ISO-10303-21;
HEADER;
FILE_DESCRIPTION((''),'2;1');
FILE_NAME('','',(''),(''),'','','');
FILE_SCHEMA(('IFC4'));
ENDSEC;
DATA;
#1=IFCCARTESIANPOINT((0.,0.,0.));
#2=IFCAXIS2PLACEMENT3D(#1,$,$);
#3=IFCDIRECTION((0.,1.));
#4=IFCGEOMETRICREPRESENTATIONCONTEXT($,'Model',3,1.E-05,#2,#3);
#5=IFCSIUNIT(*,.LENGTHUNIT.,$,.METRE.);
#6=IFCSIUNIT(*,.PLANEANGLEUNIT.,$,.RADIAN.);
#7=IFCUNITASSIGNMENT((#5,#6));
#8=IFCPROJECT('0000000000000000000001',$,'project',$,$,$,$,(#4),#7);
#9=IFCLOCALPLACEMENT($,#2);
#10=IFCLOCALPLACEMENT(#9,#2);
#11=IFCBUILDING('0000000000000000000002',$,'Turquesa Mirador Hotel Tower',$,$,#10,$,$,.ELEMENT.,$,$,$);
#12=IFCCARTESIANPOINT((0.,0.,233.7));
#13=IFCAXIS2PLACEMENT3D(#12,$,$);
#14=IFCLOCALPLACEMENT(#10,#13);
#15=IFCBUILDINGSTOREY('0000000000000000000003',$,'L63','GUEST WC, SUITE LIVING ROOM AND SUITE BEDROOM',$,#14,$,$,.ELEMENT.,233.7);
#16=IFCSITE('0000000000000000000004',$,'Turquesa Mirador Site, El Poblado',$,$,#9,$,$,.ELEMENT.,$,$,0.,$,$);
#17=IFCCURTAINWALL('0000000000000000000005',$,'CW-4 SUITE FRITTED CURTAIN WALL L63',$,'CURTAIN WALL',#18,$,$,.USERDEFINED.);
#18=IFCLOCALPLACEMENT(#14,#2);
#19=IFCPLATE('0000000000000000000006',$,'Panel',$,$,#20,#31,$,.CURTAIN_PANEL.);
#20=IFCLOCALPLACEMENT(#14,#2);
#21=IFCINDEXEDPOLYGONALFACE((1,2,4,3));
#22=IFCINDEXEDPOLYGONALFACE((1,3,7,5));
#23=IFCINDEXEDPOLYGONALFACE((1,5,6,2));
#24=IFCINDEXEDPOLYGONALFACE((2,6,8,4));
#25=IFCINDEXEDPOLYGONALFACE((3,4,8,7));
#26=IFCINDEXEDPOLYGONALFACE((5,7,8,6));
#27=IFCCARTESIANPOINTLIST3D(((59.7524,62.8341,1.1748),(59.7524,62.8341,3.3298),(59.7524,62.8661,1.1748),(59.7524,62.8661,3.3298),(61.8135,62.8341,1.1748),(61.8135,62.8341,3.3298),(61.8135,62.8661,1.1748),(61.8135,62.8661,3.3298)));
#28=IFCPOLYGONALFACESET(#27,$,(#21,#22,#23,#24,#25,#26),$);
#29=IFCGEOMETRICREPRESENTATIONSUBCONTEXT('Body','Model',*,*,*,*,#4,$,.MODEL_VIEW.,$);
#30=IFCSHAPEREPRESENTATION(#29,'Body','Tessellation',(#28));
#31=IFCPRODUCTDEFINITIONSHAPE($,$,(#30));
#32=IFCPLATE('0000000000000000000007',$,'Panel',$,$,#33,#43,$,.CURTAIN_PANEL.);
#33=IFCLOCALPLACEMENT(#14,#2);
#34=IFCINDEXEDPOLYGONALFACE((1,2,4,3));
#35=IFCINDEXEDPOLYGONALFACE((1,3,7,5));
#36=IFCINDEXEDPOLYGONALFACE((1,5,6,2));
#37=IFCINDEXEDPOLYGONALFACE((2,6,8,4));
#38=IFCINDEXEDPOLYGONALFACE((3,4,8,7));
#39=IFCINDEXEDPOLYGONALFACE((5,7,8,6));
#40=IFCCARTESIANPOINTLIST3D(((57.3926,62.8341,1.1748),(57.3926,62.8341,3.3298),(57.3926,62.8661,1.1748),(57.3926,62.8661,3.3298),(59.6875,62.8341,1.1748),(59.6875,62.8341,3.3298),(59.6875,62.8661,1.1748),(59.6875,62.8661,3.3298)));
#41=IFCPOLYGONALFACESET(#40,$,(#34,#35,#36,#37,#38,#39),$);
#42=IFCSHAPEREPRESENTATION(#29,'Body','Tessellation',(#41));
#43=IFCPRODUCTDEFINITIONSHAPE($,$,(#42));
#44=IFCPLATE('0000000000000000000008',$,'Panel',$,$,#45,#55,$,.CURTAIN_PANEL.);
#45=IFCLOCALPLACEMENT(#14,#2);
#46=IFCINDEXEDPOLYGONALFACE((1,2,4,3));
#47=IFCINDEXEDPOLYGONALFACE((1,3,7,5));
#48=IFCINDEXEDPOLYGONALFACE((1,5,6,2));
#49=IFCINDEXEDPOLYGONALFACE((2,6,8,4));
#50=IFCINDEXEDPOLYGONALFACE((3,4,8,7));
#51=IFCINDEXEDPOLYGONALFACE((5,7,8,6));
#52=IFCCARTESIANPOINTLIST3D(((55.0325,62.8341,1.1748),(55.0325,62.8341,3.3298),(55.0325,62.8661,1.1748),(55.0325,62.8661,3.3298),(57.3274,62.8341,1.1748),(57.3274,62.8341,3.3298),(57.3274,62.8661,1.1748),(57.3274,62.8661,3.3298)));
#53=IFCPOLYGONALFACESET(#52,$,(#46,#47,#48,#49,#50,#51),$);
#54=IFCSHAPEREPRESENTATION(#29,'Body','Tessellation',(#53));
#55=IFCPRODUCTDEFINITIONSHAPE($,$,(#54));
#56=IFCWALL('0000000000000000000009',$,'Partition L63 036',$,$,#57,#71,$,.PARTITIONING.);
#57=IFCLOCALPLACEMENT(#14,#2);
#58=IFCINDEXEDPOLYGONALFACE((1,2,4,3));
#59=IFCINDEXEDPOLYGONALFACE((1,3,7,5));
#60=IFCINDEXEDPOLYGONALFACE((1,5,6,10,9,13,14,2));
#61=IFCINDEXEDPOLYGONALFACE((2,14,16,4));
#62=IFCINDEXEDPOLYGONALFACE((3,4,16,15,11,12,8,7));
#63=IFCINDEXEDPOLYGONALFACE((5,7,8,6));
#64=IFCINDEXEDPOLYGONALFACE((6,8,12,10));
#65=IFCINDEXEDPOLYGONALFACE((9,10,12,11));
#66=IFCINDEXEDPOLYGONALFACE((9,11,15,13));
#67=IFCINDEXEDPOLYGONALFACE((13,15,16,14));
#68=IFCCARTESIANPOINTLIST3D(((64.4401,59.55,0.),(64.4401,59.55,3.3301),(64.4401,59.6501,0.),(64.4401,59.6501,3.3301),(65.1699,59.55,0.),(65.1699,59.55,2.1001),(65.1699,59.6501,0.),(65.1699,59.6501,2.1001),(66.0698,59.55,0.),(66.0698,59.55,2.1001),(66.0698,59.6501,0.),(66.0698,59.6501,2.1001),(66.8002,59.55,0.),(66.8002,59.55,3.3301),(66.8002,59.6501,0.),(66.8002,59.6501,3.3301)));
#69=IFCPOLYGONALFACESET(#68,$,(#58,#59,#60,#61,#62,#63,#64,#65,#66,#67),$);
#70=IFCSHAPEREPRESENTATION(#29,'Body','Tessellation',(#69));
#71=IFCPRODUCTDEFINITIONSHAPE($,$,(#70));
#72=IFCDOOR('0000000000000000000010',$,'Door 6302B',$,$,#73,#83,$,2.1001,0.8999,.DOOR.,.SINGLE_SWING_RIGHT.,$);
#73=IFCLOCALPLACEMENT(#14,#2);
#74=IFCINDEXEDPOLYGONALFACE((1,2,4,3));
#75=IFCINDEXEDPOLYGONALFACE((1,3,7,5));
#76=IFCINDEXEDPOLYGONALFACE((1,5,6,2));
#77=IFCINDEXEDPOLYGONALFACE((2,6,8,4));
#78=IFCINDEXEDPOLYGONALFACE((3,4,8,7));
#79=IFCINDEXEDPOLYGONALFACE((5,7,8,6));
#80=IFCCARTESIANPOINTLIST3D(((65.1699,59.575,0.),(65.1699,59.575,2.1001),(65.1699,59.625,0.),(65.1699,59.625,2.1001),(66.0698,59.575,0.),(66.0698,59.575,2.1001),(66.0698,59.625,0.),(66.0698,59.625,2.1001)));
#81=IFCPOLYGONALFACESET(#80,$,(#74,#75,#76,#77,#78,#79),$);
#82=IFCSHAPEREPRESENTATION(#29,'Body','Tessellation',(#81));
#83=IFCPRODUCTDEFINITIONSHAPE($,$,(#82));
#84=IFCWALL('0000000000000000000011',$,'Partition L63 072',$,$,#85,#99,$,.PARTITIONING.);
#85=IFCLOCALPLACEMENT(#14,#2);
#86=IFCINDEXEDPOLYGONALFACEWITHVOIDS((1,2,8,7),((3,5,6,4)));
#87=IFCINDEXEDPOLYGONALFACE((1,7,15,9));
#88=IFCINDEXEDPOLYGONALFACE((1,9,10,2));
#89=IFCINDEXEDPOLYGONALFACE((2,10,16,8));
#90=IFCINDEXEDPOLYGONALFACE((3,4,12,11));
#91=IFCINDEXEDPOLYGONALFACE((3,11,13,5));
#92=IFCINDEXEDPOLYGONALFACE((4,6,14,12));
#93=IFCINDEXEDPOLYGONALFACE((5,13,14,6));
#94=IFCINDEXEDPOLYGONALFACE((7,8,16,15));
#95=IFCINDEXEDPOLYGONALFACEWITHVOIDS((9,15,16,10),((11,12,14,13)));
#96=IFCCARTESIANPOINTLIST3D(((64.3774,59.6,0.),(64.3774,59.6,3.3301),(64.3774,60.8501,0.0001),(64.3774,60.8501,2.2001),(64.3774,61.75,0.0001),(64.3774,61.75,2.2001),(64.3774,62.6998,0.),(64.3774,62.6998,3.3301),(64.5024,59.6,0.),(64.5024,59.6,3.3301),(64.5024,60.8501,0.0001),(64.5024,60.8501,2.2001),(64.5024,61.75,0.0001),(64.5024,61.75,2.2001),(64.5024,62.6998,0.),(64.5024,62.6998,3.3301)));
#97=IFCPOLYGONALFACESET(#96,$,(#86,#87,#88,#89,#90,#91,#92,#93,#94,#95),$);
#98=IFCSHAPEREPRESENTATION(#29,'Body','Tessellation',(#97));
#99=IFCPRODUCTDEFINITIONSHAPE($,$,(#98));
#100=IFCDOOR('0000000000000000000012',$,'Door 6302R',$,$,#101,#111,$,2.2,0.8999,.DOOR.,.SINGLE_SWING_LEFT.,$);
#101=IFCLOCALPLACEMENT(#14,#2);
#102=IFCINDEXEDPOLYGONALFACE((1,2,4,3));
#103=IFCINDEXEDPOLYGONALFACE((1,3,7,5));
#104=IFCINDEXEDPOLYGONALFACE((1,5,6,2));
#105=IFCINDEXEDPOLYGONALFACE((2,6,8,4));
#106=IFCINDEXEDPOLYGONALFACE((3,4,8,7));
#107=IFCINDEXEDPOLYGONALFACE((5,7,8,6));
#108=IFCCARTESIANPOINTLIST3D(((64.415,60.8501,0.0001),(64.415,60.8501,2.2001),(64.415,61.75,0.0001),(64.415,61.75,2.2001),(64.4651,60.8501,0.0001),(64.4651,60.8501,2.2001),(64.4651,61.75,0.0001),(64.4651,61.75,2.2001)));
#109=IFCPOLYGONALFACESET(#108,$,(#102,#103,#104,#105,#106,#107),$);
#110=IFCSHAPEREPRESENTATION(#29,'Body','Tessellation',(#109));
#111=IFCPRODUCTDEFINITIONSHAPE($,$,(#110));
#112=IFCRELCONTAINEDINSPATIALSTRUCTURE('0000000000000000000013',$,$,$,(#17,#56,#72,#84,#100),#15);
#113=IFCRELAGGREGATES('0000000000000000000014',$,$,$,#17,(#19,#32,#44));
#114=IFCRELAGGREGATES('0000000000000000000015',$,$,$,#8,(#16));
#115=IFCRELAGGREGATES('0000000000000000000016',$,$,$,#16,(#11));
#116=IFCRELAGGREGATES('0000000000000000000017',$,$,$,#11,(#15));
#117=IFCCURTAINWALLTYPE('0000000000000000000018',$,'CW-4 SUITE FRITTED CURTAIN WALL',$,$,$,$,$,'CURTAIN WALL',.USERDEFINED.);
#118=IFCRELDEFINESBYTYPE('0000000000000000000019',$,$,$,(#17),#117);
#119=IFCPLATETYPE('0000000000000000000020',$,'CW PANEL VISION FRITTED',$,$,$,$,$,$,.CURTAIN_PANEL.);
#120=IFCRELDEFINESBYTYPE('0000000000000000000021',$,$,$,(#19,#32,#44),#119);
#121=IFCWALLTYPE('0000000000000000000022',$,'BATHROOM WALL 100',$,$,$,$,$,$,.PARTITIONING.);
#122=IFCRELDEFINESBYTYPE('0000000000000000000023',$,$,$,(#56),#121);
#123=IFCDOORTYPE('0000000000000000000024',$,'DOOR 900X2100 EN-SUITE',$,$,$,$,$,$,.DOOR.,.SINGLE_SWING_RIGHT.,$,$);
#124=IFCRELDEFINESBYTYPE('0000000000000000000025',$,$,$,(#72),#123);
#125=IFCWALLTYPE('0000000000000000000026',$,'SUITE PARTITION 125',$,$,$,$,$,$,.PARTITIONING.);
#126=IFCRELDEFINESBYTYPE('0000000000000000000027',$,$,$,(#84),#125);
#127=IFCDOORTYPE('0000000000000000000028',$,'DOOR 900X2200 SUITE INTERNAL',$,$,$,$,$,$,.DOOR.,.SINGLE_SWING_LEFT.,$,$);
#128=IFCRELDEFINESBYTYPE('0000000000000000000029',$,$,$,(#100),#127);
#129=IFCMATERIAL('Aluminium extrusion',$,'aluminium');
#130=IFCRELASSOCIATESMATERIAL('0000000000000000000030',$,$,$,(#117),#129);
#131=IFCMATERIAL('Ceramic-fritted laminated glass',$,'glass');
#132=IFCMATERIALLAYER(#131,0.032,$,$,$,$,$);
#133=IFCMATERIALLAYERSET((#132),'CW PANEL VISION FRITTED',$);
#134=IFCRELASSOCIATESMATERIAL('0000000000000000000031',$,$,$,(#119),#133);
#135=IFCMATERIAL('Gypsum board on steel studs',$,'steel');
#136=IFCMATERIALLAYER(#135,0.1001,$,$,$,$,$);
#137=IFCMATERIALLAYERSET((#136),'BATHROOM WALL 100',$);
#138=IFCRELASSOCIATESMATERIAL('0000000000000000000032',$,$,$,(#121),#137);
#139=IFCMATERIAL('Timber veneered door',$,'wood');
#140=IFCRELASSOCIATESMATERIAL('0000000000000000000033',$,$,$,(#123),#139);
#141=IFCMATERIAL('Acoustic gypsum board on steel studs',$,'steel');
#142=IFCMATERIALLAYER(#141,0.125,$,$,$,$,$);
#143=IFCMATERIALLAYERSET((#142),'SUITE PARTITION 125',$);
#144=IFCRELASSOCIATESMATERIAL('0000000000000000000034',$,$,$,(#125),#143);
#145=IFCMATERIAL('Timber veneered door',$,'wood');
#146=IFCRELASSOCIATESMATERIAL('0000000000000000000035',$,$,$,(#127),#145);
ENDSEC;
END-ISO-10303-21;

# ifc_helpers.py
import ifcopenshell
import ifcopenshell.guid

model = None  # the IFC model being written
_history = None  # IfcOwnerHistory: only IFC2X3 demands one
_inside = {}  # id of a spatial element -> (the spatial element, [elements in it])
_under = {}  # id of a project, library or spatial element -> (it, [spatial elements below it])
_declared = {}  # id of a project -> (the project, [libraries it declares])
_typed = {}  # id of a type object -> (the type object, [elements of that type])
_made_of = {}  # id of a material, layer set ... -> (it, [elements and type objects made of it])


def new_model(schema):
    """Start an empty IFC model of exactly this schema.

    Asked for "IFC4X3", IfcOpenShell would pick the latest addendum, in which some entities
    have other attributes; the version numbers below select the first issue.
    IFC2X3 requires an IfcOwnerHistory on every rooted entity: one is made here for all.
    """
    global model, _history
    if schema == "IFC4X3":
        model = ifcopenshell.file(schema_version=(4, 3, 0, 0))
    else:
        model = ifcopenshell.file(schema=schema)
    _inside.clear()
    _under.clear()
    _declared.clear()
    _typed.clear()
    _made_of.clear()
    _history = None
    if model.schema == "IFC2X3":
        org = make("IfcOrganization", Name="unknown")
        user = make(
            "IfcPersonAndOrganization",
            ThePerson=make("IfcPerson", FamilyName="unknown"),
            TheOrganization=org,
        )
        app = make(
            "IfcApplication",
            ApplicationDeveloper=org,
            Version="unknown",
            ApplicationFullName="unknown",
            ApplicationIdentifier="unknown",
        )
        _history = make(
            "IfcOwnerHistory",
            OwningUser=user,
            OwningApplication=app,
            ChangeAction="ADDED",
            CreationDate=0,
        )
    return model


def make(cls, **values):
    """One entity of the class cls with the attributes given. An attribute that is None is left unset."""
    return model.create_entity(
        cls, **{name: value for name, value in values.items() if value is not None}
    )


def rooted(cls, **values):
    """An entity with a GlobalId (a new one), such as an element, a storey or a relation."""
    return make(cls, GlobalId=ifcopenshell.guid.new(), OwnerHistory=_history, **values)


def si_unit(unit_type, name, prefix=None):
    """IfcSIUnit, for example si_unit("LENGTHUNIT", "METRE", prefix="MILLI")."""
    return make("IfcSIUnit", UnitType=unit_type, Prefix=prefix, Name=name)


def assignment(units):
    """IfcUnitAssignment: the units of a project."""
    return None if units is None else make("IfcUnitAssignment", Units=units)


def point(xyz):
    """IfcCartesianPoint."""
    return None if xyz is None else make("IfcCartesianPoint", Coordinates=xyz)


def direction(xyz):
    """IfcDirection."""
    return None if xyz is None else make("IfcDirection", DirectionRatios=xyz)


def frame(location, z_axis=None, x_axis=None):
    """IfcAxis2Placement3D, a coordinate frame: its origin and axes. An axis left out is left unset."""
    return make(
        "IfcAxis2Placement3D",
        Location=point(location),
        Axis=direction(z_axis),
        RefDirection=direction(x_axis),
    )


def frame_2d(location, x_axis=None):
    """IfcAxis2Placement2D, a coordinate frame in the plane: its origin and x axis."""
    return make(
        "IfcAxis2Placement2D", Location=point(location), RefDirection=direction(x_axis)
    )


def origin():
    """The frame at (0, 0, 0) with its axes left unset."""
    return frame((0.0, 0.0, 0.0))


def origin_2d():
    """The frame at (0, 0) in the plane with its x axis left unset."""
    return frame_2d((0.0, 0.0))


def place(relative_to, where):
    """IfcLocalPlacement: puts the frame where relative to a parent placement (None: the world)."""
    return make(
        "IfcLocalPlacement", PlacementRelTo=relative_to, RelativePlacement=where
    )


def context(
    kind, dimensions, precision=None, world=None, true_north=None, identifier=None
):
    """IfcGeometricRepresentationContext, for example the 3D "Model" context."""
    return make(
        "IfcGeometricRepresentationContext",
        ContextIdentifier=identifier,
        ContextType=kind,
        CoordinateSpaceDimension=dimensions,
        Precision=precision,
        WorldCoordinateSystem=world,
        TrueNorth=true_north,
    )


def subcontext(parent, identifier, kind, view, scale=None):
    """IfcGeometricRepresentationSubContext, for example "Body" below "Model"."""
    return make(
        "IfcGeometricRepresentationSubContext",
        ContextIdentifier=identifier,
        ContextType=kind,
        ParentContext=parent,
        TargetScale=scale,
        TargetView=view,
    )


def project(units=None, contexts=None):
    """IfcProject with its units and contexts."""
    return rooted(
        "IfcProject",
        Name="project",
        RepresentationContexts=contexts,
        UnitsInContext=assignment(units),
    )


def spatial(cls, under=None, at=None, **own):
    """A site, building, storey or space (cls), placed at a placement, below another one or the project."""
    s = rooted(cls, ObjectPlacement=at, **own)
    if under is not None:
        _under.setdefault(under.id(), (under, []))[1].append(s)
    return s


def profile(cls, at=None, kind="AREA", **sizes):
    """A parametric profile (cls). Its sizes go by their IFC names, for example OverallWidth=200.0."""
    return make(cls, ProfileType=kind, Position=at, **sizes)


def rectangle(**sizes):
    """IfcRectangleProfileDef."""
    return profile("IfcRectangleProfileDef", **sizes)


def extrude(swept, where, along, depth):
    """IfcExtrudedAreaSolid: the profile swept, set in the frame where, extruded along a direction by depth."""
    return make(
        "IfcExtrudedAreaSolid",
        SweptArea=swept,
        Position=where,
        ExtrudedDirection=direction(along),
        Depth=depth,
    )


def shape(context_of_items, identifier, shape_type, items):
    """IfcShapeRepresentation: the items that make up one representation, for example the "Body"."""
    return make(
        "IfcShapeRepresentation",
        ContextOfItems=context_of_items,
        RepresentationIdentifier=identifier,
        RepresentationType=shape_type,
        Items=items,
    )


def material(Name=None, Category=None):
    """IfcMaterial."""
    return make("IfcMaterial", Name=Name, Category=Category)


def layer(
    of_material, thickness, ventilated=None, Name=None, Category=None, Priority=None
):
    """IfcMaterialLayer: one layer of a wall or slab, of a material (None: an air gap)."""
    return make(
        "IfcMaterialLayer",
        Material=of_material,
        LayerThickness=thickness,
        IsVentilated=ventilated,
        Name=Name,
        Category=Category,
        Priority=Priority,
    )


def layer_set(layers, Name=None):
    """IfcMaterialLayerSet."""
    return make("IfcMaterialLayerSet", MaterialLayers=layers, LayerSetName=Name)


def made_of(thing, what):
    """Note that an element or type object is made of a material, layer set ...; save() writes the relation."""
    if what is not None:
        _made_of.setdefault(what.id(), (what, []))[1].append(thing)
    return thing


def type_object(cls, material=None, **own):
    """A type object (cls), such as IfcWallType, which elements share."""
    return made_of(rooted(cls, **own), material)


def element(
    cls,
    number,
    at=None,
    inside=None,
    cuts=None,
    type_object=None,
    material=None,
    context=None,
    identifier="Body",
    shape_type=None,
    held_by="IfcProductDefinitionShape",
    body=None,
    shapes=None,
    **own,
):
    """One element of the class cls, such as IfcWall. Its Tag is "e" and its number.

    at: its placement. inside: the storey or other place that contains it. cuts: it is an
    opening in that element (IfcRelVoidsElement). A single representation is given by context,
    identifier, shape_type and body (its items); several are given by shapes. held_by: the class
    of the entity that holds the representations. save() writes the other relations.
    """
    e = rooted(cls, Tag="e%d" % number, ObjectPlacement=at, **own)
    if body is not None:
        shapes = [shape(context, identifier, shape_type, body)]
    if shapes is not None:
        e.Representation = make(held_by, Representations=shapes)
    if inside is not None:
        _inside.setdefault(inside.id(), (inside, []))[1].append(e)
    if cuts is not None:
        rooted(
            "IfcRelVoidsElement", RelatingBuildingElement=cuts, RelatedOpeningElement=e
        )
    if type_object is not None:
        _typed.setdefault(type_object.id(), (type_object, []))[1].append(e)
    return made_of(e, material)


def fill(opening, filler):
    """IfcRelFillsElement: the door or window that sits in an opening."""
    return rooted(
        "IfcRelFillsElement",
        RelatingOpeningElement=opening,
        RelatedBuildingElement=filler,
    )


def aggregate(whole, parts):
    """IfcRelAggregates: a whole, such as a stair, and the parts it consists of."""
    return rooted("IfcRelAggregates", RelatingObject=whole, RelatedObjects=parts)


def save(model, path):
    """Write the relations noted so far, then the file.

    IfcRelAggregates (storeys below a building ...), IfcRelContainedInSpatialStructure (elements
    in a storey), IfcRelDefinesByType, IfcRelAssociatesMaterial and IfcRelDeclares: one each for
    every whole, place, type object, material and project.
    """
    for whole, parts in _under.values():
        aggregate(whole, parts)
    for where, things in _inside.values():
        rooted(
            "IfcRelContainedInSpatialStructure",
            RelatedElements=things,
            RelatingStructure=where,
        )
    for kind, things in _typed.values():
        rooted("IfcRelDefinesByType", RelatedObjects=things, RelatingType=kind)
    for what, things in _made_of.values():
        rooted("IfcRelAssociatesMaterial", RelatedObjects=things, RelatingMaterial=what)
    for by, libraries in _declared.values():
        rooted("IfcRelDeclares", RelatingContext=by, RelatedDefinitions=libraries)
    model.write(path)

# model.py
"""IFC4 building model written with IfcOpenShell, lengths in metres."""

from ifc_helpers import new_model, si_unit, direction, frame, frame_2d, origin, origin_2d, place, context, subcontext, project, spatial, rectangle, extrude, material, layer, layer_set, type_object, element, fill, aggregate, save


model = new_model("IFC4")

# Units and contexts
model_context = context("Model", 3, precision=1e-05, world=origin(), true_north=direction((0.0, 1.0)))
body_context = subcontext(model_context, "Body", "Model", "MODEL_VIEW")
ifc_project = project(units=[si_unit("LENGTHUNIT", "METRE"), si_unit("PLANEANGLEUNIT", "RADIAN")], contexts=[model_context])

# Site, building, storey
site_placement = place(None, origin())
site = spatial("IfcSite", under=ifc_project, at=site_placement, Name="Turquesa Mirador Site, El Poblado", CompositionType="ELEMENT", RefElevation=0.0)
building_placement = place(site_placement, origin())
building = spatial("IfcBuilding", under=site, at=building_placement, Name="Turquesa Mirador Hotel Tower", CompositionType="ELEMENT")
storey_placement = place(building_placement, frame((0.0, 0.0, 233.7)))
storey = spatial("IfcBuildingStorey", under=building, at=storey_placement, Name="L63", Description="GUEST WC, SUITE LIVING ROOM AND SUITE BEDROOM", CompositionType="ELEMENT", Elevation=233.7)

# Shared definitions
ifc_material_1 = material(Name="Aluminium extrusion", Category="aluminium")
curtain_wall_type = type_object("IfcCurtainWallType", Name="CW-4 SUITE FRITTED CURTAIN WALL", ElementType="CURTAIN WALL", PredefinedType="USERDEFINED", material=ifc_material_1)

# Curtain wall
curtain_wall_1_placement = place(storey_placement, origin())
curtain_wall_1 = element("IfcCurtainWall", 1, at=curtain_wall_1_placement, inside=storey, type_object=curtain_wall_type, Name="CW-4 SUITE FRITTED CURTAIN WALL L63", ObjectType="CURTAIN WALL", PredefinedType="USERDEFINED")

# Plates
ifc_material_2 = material(Name="Ceramic-fritted laminated glass", Category="glass")
ifc_layer_1 = layer(ifc_material_2, 0.032)
ifc_layer_set_1 = layer_set([ifc_layer_1], Name="CW PANEL VISION FRITTED")
plate_type_1 = type_object("IfcPlateType", Name="CW PANEL VISION FRITTED", PredefinedType="CURTAIN_PANEL", material=ifc_layer_set_1)
plate_1_placement = place(storey_placement, frame((60.783, 62.8501, 1.1748), z_axis=(0.0, 0.0, 1.0), x_axis=(-1.0, 0.0, 0.0)))
plate_1 = element("IfcPlate", 2, at=plate_1_placement, type_object=plate_type_1, Name="Panel", PredefinedType="CURTAIN_PANEL", context=body_context, shape_type="SweptSolid", body=[
    extrude(rectangle(XDim=2.061, YDim=0.032, at=origin_2d()), origin(), (0.0, 0.0, 1.0), 2.155),
])
plate_2_placement = place(storey_placement, frame((58.54, 62.8501, 1.1748), z_axis=(0.0, 0.0, 1.0), x_axis=(-1.0, 0.0, 0.0)))
plate_2 = element("IfcPlate", 3, at=plate_2_placement, type_object=plate_type_1, Name="Panel", PredefinedType="CURTAIN_PANEL", context=body_context, shape_type="SweptSolid", body=[
    extrude(rectangle(XDim=2.2949, YDim=0.032, at=origin_2d()), origin(), (0.0, 0.0, 1.0), 2.155),
])
plate_3_placement = place(storey_placement, frame((56.1799, 62.8501, 1.1748), z_axis=(0.0, 0.0, 1.0), x_axis=(-1.0, 0.0, 0.0)))
plate_3 = element("IfcPlate", 4, at=plate_3_placement, type_object=plate_type_1, Name="Panel", PredefinedType="CURTAIN_PANEL", context=body_context, shape_type="SweptSolid", body=[
    extrude(rectangle(XDim=2.2949, YDim=0.032, at=origin_2d()), origin(), (0.0, 0.0, 1.0), 2.155),
])
aggregate(curtain_wall_1, [plate_1, plate_2, plate_3])

# Walls, openings, doors
ifc_material_3 = material(Name="Gypsum board on steel studs", Category="steel")
ifc_layer_2 = layer(ifc_material_3, 0.1001)
ifc_layer_set_2 = layer_set([ifc_layer_2], Name="BATHROOM WALL 100")
wall_type_1 = type_object("IfcWallType", Name="BATHROOM WALL 100", PredefinedType="PARTITIONING", material=ifc_layer_set_2)
wall_1_placement = place(storey_placement, frame((64.4399, 59.6001, 0.0), z_axis=(0.0, 0.0, 1.0), x_axis=(1.0, 0.0, 0.0)))
wall_1 = element("IfcWall", 5, at=wall_1_placement, inside=storey, type_object=wall_type_1, Name="Partition L63 036", PredefinedType="PARTITIONING", context=body_context, shape_type="SweptSolid", body=[
    extrude(rectangle(XDim=2.3601, YDim=0.1001, at=frame_2d((1.1802, 0.0))), origin(), (0.0, 0.0, 1.0), 3.3301),
])
opening_1_placement = place(wall_1_placement, frame((0.73, 0.0, 0.0)))
opening_1 = element("IfcOpeningElement", 6, at=opening_1_placement, cuts=wall_1, PredefinedType="OPENING", context=body_context, shape_type="SweptSolid", body=[
    extrude(rectangle(XDim=0.8999, YDim=2.1001, at=frame_2d((0.45, 1.05))), frame((0.0, 0.0601, 0.0), z_axis=(0.0, -1.0, 0.0), x_axis=(1.0, 0.0, 0.0)), (0.0, 0.0, 1.0), 0.1201),
])
ifc_material_4 = material(Name="Timber veneered door", Category="wood")
door_type_1 = type_object("IfcDoorType", Name="DOOR 900X2100 EN-SUITE", OperationType="SINGLE_SWING_RIGHT", PredefinedType="DOOR", material=ifc_material_4)
door_1_placement = place(opening_1_placement, origin())
door_1 = element("IfcDoor", 7, at=door_1_placement, inside=storey, type_object=door_type_1, Name="Door 6302B", OperationType="SINGLE_SWING_RIGHT", OverallHeight=2.1001, OverallWidth=0.8999, PredefinedType="DOOR", context=body_context, shape_type="SweptSolid", body=[
    extrude(rectangle(XDim=0.8999, YDim=2.1001, at=frame_2d((0.45, 1.05))), frame((0.0, 0.0249, 0.0), z_axis=(0.0, -1.0, 0.0), x_axis=(1.0, 0.0, 0.0)), (0.0, 0.0, 1.0), 0.05),
])
fill(opening_1, door_1)
ifc_material_5 = material(Name="Acoustic gypsum board on steel studs", Category="steel")
ifc_layer_3 = layer(ifc_material_5, 0.125)
ifc_layer_set_3 = layer_set([ifc_layer_3], Name="SUITE PARTITION 125")
wall_type_2 = type_object("IfcWallType", Name="SUITE PARTITION 125", PredefinedType="PARTITIONING", material=ifc_layer_set_3)
wall_2_placement = place(storey_placement, frame((64.4399, 59.6001, 0.0), z_axis=(0.0, 0.0, 1.0), x_axis=(0.0, 1.0, 0.0)))
wall_2 = element("IfcWall", 8, at=wall_2_placement, inside=storey, type_object=wall_type_2, Name="Partition L63 072", PredefinedType="PARTITIONING", context=body_context, shape_type="SweptSolid", body=[
    extrude(rectangle(XDim=3.0999, YDim=0.125, at=frame_2d((1.5498, 0.0))), origin(), (0.0, 0.0, 1.0), 3.3301),
])
opening_2_placement = place(wall_2_placement, frame((1.25, 0.0, 0.0)))
opening_2 = element("IfcOpeningElement", 9, at=opening_2_placement, cuts=wall_2, PredefinedType="OPENING", context=body_context, shape_type="SweptSolid", body=[
    extrude(rectangle(XDim=0.8999, YDim=2.2, at=frame_2d((0.45, 1.1001))), frame((0.0, 0.0725, 0.0), z_axis=(0.0, -1.0, 0.0), x_axis=(1.0, 0.0, 0.0)), (0.0, 0.0, 1.0), 0.145),
])
ifc_material_6 = material(Name="Timber veneered door", Category="wood")
door_type_2 = type_object("IfcDoorType", Name="DOOR 900X2200 SUITE INTERNAL", OperationType="SINGLE_SWING_LEFT", PredefinedType="DOOR", material=ifc_material_6)
door_2_placement = place(opening_2_placement, origin())
door_2 = element("IfcDoor", 10, at=door_2_placement, inside=storey, type_object=door_type_2, Name="Door 6302R", OperationType="SINGLE_SWING_LEFT", OverallHeight=2.2, OverallWidth=0.8999, PredefinedType="DOOR", context=body_context, shape_type="SweptSolid", body=[
    extrude(rectangle(XDim=0.8999, YDim=2.2, at=frame_2d((0.45, 1.1001))), frame((0.0, 0.0249, 0.0), z_axis=(0.0, -1.0, 0.0), x_axis=(1.0, 0.0, 0.0)), (0.0, 0.0, 1.0), 0.05),
])
fill(opening_2, door_2)

save(model, "model.ifc")
